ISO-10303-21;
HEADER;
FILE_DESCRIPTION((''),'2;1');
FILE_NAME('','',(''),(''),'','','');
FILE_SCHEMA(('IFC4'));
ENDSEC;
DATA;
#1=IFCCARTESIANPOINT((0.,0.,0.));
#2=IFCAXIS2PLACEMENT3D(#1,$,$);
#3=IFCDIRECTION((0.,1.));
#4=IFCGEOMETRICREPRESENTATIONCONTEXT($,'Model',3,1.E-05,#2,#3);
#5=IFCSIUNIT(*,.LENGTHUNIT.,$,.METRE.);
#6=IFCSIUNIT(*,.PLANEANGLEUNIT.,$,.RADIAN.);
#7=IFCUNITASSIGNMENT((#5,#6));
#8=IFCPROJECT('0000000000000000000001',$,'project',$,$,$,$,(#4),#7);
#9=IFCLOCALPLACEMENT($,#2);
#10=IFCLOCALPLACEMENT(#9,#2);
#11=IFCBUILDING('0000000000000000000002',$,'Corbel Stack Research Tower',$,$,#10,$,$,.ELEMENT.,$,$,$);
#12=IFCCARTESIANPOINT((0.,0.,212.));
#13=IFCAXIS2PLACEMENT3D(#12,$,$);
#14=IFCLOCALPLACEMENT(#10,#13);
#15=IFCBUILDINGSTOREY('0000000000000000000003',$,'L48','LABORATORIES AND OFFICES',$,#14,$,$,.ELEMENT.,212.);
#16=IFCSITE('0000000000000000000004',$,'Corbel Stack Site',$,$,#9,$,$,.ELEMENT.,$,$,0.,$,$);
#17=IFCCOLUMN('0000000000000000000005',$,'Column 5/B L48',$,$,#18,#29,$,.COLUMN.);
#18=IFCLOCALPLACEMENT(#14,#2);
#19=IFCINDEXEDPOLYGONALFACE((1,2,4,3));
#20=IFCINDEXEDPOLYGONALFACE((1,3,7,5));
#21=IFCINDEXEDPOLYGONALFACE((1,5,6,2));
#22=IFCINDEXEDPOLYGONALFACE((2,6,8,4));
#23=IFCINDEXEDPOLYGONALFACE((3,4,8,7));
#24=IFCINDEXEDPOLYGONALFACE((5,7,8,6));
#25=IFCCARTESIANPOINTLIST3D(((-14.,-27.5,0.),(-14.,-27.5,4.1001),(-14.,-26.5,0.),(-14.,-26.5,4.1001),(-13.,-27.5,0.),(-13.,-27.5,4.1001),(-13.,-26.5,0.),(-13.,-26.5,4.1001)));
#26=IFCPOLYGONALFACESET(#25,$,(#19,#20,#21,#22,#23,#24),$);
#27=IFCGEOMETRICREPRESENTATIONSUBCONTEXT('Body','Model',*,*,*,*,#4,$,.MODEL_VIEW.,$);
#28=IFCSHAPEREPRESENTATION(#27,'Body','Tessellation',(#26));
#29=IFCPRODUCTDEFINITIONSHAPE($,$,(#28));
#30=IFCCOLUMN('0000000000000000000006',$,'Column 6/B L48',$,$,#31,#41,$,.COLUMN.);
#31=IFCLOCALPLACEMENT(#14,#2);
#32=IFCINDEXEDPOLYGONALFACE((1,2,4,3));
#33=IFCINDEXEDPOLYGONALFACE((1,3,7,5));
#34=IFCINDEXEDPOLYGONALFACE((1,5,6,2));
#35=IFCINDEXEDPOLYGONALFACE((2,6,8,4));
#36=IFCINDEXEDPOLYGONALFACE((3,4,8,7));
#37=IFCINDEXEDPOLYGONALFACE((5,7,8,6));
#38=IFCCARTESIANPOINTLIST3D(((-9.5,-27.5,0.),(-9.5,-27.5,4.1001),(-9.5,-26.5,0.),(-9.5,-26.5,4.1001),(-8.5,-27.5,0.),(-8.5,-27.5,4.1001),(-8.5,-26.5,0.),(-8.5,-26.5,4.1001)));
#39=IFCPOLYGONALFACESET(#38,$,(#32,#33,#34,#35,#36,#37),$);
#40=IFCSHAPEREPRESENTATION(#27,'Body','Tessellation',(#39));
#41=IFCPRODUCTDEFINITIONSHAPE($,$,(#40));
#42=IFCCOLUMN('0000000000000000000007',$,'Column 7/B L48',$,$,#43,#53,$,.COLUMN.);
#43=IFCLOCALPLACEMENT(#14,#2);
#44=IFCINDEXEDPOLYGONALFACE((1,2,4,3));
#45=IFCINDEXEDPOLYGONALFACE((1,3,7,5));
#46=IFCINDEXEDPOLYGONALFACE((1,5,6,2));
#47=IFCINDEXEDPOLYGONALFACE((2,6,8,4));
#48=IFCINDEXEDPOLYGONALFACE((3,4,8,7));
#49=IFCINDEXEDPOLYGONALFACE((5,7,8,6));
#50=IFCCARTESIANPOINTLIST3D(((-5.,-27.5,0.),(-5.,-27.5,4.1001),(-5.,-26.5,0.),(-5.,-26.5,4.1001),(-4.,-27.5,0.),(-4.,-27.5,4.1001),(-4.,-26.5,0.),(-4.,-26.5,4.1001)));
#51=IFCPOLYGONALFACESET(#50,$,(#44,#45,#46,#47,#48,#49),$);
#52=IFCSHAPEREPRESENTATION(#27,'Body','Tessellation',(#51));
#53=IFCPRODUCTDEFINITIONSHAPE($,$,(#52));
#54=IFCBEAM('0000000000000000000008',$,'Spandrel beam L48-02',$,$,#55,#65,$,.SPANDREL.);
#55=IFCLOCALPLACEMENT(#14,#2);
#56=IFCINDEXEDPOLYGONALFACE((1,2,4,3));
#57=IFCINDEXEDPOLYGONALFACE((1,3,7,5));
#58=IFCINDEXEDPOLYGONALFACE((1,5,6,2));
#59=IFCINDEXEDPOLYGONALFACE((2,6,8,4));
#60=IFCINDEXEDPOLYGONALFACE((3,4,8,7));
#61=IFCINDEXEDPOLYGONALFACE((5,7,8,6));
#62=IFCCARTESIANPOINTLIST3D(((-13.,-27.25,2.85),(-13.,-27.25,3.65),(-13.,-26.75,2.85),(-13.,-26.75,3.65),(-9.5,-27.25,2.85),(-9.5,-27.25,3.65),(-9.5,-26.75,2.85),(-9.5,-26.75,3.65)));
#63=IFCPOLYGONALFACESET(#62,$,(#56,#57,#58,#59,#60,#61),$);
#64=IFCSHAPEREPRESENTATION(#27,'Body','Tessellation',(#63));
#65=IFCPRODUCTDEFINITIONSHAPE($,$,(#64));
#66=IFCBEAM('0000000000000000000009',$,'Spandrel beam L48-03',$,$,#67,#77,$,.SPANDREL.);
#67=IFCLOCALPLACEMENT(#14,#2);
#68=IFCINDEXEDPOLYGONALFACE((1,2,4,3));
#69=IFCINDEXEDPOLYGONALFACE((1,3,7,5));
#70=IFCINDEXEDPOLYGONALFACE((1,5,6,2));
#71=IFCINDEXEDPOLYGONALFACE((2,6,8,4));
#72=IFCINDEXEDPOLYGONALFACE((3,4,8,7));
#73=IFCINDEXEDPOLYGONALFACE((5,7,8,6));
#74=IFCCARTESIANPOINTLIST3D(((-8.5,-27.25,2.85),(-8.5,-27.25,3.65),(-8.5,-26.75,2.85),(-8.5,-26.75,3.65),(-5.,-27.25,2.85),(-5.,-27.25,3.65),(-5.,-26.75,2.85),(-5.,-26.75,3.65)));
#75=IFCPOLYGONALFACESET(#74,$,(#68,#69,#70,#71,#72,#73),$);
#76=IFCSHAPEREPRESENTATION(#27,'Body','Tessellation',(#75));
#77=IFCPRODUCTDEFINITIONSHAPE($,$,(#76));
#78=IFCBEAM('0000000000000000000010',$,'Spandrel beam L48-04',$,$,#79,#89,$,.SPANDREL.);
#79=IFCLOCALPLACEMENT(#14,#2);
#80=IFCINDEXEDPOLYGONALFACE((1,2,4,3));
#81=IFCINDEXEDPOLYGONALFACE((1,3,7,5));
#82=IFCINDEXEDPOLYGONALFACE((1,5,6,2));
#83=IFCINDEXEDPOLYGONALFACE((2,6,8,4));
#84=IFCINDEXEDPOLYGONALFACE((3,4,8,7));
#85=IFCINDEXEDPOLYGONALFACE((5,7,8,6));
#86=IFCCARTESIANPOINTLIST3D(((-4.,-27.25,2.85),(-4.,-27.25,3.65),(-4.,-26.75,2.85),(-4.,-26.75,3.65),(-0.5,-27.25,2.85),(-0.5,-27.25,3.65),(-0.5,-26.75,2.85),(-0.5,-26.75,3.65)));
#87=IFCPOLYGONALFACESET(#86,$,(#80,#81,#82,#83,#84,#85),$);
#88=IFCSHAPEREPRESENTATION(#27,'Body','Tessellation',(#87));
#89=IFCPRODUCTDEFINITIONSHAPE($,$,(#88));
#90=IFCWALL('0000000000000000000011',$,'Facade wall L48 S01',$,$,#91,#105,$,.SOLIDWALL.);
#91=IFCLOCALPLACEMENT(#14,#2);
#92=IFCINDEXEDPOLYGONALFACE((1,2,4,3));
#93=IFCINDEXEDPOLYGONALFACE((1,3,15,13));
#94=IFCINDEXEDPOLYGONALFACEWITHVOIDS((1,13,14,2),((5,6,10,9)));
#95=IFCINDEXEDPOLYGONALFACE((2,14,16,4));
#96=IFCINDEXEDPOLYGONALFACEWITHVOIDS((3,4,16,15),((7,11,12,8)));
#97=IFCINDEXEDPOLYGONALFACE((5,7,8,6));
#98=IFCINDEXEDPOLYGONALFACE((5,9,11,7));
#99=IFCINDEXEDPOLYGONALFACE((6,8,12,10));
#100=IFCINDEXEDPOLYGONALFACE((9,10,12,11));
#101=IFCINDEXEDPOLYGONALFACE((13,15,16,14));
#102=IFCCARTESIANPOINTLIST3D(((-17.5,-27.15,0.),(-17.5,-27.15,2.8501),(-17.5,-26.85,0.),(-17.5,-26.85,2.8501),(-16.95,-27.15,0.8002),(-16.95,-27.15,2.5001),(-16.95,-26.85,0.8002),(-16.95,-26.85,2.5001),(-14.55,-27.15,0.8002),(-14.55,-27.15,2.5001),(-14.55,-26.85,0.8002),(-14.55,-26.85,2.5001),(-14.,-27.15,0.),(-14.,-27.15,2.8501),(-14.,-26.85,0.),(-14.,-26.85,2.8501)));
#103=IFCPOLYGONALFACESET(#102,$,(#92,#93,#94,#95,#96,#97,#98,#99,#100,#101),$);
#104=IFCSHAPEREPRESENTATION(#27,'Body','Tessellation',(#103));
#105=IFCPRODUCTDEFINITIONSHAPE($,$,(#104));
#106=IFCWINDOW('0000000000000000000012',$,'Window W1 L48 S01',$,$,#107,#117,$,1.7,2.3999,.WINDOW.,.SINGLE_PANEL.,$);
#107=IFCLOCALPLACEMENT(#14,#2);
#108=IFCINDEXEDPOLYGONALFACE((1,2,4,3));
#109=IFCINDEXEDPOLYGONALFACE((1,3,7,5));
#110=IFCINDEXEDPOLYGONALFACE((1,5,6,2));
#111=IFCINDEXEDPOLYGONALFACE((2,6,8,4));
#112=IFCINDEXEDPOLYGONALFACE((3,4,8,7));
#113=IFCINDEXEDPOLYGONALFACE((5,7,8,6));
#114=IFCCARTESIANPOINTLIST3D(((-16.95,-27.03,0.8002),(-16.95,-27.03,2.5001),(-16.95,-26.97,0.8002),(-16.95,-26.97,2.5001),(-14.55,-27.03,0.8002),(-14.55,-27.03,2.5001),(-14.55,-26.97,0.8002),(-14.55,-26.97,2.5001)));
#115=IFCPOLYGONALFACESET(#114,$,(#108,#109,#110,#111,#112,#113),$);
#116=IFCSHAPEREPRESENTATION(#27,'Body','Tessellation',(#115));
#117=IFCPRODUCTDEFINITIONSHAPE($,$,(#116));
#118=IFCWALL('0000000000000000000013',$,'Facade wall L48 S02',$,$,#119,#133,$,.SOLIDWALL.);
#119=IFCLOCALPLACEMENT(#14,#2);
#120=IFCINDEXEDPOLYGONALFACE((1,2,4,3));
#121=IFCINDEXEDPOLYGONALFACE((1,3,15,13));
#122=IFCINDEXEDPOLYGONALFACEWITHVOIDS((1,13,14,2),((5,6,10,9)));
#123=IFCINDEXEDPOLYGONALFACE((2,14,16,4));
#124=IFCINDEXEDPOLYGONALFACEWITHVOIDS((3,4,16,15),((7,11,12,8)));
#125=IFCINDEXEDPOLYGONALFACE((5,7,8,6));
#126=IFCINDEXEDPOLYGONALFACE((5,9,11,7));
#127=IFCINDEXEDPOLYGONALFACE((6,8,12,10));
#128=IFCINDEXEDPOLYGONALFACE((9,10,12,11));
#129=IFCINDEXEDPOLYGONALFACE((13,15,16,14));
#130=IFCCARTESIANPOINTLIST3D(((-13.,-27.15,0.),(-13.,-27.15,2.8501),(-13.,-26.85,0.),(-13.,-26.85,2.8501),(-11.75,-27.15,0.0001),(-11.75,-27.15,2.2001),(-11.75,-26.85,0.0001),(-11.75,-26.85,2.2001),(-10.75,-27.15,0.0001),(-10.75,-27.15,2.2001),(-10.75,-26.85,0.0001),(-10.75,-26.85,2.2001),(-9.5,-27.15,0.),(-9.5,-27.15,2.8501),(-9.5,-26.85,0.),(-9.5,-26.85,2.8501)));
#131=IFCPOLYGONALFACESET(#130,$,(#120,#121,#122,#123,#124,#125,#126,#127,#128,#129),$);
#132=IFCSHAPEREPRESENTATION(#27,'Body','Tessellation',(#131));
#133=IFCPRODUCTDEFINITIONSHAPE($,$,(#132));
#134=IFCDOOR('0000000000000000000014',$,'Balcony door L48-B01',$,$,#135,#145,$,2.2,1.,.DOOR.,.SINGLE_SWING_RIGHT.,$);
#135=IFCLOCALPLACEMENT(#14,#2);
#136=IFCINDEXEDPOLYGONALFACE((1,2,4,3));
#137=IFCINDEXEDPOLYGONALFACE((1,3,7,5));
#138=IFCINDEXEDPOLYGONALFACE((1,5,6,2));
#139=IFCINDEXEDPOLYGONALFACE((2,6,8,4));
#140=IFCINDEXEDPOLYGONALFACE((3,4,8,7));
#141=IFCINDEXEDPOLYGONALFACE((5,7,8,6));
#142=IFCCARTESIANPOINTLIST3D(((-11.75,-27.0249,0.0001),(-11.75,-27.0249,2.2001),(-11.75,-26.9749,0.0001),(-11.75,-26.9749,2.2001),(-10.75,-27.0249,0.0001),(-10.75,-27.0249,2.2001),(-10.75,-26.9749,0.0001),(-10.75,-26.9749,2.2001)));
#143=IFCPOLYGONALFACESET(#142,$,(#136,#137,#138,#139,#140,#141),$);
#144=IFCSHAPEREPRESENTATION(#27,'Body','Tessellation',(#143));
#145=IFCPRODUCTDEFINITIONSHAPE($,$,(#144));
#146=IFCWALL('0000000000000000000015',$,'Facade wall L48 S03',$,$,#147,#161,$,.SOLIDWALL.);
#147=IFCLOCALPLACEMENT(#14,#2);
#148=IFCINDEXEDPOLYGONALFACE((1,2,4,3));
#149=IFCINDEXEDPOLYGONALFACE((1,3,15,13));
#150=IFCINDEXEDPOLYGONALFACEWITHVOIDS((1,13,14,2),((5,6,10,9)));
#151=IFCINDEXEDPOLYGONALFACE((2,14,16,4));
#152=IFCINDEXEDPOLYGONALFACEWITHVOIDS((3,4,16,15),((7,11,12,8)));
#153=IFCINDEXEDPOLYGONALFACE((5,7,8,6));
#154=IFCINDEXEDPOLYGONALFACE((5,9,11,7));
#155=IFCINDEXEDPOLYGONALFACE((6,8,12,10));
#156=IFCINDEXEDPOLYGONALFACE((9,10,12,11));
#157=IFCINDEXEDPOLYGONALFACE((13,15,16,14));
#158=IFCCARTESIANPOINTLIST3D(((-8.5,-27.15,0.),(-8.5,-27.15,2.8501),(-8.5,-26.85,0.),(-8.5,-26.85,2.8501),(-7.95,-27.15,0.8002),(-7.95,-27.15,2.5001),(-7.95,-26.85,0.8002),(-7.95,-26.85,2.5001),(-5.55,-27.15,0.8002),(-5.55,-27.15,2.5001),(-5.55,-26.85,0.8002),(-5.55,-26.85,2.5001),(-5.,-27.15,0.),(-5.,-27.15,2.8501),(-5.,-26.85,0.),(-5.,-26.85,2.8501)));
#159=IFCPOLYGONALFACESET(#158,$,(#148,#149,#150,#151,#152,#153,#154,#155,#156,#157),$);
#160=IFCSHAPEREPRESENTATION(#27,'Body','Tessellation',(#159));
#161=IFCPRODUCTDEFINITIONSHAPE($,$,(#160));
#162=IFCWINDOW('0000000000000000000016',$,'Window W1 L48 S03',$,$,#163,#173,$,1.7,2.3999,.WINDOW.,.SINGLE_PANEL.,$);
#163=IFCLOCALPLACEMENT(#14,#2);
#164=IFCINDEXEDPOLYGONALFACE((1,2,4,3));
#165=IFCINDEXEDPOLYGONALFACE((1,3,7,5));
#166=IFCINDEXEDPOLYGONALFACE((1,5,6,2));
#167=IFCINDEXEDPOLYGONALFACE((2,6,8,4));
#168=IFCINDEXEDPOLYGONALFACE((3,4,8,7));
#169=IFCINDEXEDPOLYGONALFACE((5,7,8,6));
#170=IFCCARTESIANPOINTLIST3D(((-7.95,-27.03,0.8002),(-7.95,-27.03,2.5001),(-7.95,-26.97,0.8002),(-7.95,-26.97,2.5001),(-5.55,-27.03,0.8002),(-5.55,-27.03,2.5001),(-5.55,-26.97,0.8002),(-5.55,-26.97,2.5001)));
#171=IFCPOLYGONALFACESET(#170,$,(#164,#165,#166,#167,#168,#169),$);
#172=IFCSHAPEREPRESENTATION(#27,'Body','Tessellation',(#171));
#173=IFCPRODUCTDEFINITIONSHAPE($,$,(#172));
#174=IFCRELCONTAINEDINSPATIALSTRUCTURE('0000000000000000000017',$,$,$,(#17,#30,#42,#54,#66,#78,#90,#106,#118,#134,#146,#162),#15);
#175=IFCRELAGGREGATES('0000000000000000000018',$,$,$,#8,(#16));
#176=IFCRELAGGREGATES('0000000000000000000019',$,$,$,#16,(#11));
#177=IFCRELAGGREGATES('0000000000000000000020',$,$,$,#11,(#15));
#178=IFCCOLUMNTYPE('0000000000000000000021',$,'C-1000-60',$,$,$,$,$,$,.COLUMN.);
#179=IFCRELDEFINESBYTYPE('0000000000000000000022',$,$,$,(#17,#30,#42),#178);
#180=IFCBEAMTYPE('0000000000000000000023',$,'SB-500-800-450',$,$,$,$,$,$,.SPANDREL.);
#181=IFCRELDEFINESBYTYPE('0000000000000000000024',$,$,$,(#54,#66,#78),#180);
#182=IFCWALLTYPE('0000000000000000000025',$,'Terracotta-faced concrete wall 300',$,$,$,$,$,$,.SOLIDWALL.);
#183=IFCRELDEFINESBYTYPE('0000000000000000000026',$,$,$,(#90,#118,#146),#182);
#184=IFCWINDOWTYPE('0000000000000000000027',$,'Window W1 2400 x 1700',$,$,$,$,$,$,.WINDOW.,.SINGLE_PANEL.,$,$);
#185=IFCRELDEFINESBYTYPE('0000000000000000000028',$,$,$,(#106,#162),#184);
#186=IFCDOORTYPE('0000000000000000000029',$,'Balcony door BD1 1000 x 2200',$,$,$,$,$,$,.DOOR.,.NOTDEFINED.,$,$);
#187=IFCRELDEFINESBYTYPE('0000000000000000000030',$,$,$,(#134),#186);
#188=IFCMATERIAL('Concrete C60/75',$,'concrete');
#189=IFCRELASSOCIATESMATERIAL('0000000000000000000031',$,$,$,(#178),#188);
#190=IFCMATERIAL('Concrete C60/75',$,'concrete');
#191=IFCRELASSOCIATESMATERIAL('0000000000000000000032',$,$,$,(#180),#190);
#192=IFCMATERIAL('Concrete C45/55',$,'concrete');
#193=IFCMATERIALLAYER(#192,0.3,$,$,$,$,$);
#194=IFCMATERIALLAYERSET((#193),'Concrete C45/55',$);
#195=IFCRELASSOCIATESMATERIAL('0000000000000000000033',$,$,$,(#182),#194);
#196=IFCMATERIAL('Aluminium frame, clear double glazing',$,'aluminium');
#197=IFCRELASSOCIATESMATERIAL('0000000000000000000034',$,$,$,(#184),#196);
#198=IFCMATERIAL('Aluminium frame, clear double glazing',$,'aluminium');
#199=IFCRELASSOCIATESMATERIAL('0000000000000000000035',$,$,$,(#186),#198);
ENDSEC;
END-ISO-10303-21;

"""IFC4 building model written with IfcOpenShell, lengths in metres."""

from ifc_helpers import new_model, si_unit, direction, frame, frame_2d, origin, origin_2d, place, context, subcontext, project, spatial, rectangle, extrude, material, layer, layer_set, material_profile, profile_set, type_object, element, fill, save


model = new_model("IFC4")

# Units and contexts
model_context = context("Model", 3, precision=1e-05, world=origin(), true_north=direction((0.0, 1.0)))
body_context = subcontext(model_context, "Body", "Model", "MODEL_VIEW")
ifc_project = project(units=[si_unit("LENGTHUNIT", "METRE"), si_unit("PLANEANGLEUNIT", "RADIAN")], contexts=[model_context])

# Site, building, storey
site_placement = place(None, origin())
site = spatial("IfcSite", under=ifc_project, at=site_placement, Name="Corbel Stack Site", CompositionType="ELEMENT", RefElevation=0.0)
building_placement = place(site_placement, origin())
building = spatial("IfcBuilding", under=site, at=building_placement, Name="Corbel Stack Research Tower", CompositionType="ELEMENT")
storey_placement = place(building_placement, frame((0.0, 0.0, 212.0)))
storey = spatial("IfcBuildingStorey", under=building, at=storey_placement, Name="L48", Description="LABORATORIES AND OFFICES", CompositionType="ELEMENT", Elevation=212.0)

# Columns
ifc_material_1 = material(Name="Concrete C60/75", Category="concrete")
ifc_material_profile_1 = material_profile(ifc_material_1, rectangle(XDim=1.0, YDim=1.0, at=origin_2d()), Name="RC 1000 x 1000")
ifc_profile_set_1 = profile_set([ifc_material_profile_1], Name="Concrete C60/75")
column_type = type_object("IfcColumnType", Name="C-1000-60", PredefinedType="COLUMN", material=ifc_profile_set_1)
for number, where, z_axis, x_axis, name in (
    (1, (-13.5, -27.0, 0.0), (0.0, 0.0, 1.0), (1.0, 0.0, 0.0), "Column 5/B L48"),
    (2, (-9.0, -27.0, 0.0), (0.0, 0.0, 1.0), (1.0, 0.0, 0.0), "Column 6/B L48"),
    (3, (-4.5, -27.0, 0.0), (0.0, 0.0, 1.0), (1.0, 0.0, 0.0), "Column 7/B L48"),
):
    element("IfcColumn", number, at=place(storey_placement, frame(where, z_axis=z_axis, x_axis=x_axis)), inside=storey, type_object=column_type, Name=name, PredefinedType="COLUMN", context=body_context, shape_type="SweptSolid", body=[
        extrude(rectangle(XDim=1.0, YDim=1.0, at=origin_2d()), origin(), (0.0, 0.0, 1.0), 4.1001),
    ])

# Beams
ifc_material_2 = material(Name="Concrete C60/75", Category="concrete")
ifc_material_profile_2 = material_profile(ifc_material_2, rectangle(XDim=0.5, YDim=0.8, at=origin_2d()), Name="RC 500 x 800")
ifc_profile_set_2 = profile_set([ifc_material_profile_2], Name="Concrete C60/75")
beam_type = type_object("IfcBeamType", Name="SB-500-800-450", PredefinedType="SPANDREL", material=ifc_profile_set_2)
for number, where, z_axis, x_axis, name in (
    (4, (-13.0, -27.0, 3.25), (1.0, 0.0, 0.0), (0.0, 1.0, 0.0), "Spandrel beam L48-02"),
    (5, (-8.5, -27.0, 3.25), (1.0, 0.0, 0.0), (0.0, 1.0, 0.0), "Spandrel beam L48-03"),
    (6, (-4.0, -27.0, 3.25), (1.0, 0.0, 0.0), (0.0, 1.0, 0.0), "Spandrel beam L48-04"),
):
    element("IfcBeam", number, at=place(storey_placement, frame(where, z_axis=z_axis, x_axis=x_axis)), inside=storey, type_object=beam_type, Name=name, PredefinedType="SPANDREL", context=body_context, shape_type="SweptSolid", body=[
        extrude(rectangle(XDim=0.5, YDim=0.8, at=origin_2d()), origin(), (0.0, 0.0, 1.0), 3.5),
    ])

# Wall, opening, window
ifc_material_3 = material(Name="Concrete C45/55", Category="concrete")
ifc_layer = layer(ifc_material_3, 0.3)
ifc_layer_set = layer_set([ifc_layer], Name="Concrete C45/55")
wall_type = type_object("IfcWallType", Name="Terracotta-faced concrete wall 300", PredefinedType="SOLIDWALL", material=ifc_layer_set)
wall_1_placement = place(storey_placement, frame((-14.0, -27.0, 0.0), z_axis=(0.0, 0.0, 1.0), x_axis=(-1.0, 0.0, 0.0)))
wall_1 = element("IfcWall", 7, at=wall_1_placement, inside=storey, type_object=wall_type, Name="Facade wall L48 S01", PredefinedType="SOLIDWALL", context=body_context, shape_type="SweptSolid", body=[
    extrude(rectangle(XDim=3.5, YDim=0.3, at=frame_2d((1.75, 0.0))), origin(), (0.0, 0.0, 1.0), 2.8501),
])
opening_1_placement = place(wall_1_placement, frame((0.55, 0.0, 0.8)))
opening_1 = element("IfcOpeningElement", 8, at=opening_1_placement, cuts=wall_1, PredefinedType="OPENING", context=body_context, shape_type="SweptSolid", body=[
    extrude(rectangle(XDim=2.3999, YDim=1.7, at=frame_2d((1.2, 0.8501))), frame((0.0, 0.1599, 0.0), z_axis=(0.0, -1.0, 0.0), x_axis=(1.0, 0.0, 0.0)), (0.0, 0.0, 1.0), 0.3201),
])
ifc_material_4 = material(Name="Aluminium frame, clear double glazing", Category="aluminium")
window_type = type_object("IfcWindowType", Name="Window W1 2400 x 1700", PartitioningType="SINGLE_PANEL", PredefinedType="WINDOW", material=ifc_material_4)
window_1_placement = place(opening_1_placement, origin())
window_1 = element("IfcWindow", 9, at=window_1_placement, inside=storey, type_object=window_type, Name="Window W1 L48 S01", OverallHeight=1.7, OverallWidth=2.3999, PartitioningType="SINGLE_PANEL", PredefinedType="WINDOW", context=body_context, shape_type="SweptSolid", body=[
    extrude(rectangle(XDim=2.3999, YDim=1.7, at=frame_2d((1.2, 0.8501))), frame((0.0, 0.03, 0.0), z_axis=(0.0, -1.0, 0.0), x_axis=(1.0, 0.0, 0.0)), (0.0, 0.0, 1.0), 0.0601),
])
fill(opening_1, window_1)

# Wall, opening, door
wall_2_placement = place(storey_placement, frame((-9.5, -27.0, 0.0), z_axis=(0.0, 0.0, 1.0), x_axis=(-1.0, 0.0, 0.0)))
wall_2 = element("IfcWall", 10, at=wall_2_placement, inside=storey, type_object=wall_type, Name="Facade wall L48 S02", PredefinedType="SOLIDWALL", context=body_context, shape_type="SweptSolid", body=[
    extrude(rectangle(XDim=3.5, YDim=0.3, at=frame_2d((1.75, 0.0))), origin(), (0.0, 0.0, 1.0), 2.8501),
])
opening_2_placement = place(wall_2_placement, frame((1.25, 0.0, 0.0)))
opening_2 = element("IfcOpeningElement", 11, at=opening_2_placement, cuts=wall_2, PredefinedType="OPENING", context=body_context, shape_type="SweptSolid", body=[
    extrude(rectangle(XDim=1.0, YDim=2.2, at=frame_2d((0.5, 1.1001))), frame((0.0, 0.1599, 0.0), z_axis=(0.0, -1.0, 0.0), x_axis=(1.0, 0.0, 0.0)), (0.0, 0.0, 1.0), 0.3201),
])
ifc_material_5 = material(Name="Aluminium frame, clear double glazing", Category="aluminium")
door_type = type_object("IfcDoorType", Name="Balcony door BD1 1000 x 2200", OperationType="NOTDEFINED", PredefinedType="DOOR", material=ifc_material_5)
door_placement = place(opening_2_placement, origin())
door = element("IfcDoor", 12, at=door_placement, inside=storey, type_object=door_type, Name="Balcony door L48-B01", OperationType="SINGLE_SWING_RIGHT", OverallHeight=2.2, OverallWidth=1.0, PredefinedType="DOOR", context=body_context, shape_type="SweptSolid", body=[
    extrude(rectangle(XDim=1.0, YDim=2.2, at=frame_2d((0.5, 1.1001))), frame((0.0, 0.0249, 0.0), z_axis=(0.0, -1.0, 0.0), x_axis=(1.0, 0.0, 0.0)), (0.0, 0.0, 1.0), 0.05),
])
fill(opening_2, door)

# Wall, opening, window
wall_3_placement = place(storey_placement, frame((-5.0, -27.0, 0.0), z_axis=(0.0, 0.0, 1.0), x_axis=(-1.0, 0.0, 0.0)))
wall_3 = element("IfcWall", 13, at=wall_3_placement, inside=storey, type_object=wall_type, Name="Facade wall L48 S03", PredefinedType="SOLIDWALL", context=body_context, shape_type="SweptSolid", body=[
    extrude(rectangle(XDim=3.5, YDim=0.3, at=frame_2d((1.75, 0.0))), origin(), (0.0, 0.0, 1.0), 2.8501),
])
opening_3_placement = place(wall_3_placement, frame((0.55, 0.0, 0.8)))
opening_3 = element("IfcOpeningElement", 14, at=opening_3_placement, cuts=wall_3, PredefinedType="OPENING", context=body_context, shape_type="SweptSolid", body=[
    extrude(rectangle(XDim=2.3999, YDim=1.7, at=frame_2d((1.2, 0.8501))), frame((0.0, 0.1599, 0.0), z_axis=(0.0, -1.0, 0.0), x_axis=(1.0, 0.0, 0.0)), (0.0, 0.0, 1.0), 0.3201),
])
window_2_placement = place(opening_3_placement, origin())
window_2 = element("IfcWindow", 15, at=window_2_placement, inside=storey, type_object=window_type, Name="Window W1 L48 S03", OverallHeight=1.7, OverallWidth=2.3999, PartitioningType="SINGLE_PANEL", PredefinedType="WINDOW", context=body_context, shape_type="SweptSolid", body=[
    extrude(rectangle(XDim=2.3999, YDim=1.7, at=frame_2d((1.2, 0.8501))), frame((0.0, 0.03, 0.0), z_axis=(0.0, -1.0, 0.0), x_axis=(1.0, 0.0, 0.0)), (0.0, 0.0, 1.0), 0.0601),
])
fill(opening_3, window_2)

save(model, "model.ifc")
